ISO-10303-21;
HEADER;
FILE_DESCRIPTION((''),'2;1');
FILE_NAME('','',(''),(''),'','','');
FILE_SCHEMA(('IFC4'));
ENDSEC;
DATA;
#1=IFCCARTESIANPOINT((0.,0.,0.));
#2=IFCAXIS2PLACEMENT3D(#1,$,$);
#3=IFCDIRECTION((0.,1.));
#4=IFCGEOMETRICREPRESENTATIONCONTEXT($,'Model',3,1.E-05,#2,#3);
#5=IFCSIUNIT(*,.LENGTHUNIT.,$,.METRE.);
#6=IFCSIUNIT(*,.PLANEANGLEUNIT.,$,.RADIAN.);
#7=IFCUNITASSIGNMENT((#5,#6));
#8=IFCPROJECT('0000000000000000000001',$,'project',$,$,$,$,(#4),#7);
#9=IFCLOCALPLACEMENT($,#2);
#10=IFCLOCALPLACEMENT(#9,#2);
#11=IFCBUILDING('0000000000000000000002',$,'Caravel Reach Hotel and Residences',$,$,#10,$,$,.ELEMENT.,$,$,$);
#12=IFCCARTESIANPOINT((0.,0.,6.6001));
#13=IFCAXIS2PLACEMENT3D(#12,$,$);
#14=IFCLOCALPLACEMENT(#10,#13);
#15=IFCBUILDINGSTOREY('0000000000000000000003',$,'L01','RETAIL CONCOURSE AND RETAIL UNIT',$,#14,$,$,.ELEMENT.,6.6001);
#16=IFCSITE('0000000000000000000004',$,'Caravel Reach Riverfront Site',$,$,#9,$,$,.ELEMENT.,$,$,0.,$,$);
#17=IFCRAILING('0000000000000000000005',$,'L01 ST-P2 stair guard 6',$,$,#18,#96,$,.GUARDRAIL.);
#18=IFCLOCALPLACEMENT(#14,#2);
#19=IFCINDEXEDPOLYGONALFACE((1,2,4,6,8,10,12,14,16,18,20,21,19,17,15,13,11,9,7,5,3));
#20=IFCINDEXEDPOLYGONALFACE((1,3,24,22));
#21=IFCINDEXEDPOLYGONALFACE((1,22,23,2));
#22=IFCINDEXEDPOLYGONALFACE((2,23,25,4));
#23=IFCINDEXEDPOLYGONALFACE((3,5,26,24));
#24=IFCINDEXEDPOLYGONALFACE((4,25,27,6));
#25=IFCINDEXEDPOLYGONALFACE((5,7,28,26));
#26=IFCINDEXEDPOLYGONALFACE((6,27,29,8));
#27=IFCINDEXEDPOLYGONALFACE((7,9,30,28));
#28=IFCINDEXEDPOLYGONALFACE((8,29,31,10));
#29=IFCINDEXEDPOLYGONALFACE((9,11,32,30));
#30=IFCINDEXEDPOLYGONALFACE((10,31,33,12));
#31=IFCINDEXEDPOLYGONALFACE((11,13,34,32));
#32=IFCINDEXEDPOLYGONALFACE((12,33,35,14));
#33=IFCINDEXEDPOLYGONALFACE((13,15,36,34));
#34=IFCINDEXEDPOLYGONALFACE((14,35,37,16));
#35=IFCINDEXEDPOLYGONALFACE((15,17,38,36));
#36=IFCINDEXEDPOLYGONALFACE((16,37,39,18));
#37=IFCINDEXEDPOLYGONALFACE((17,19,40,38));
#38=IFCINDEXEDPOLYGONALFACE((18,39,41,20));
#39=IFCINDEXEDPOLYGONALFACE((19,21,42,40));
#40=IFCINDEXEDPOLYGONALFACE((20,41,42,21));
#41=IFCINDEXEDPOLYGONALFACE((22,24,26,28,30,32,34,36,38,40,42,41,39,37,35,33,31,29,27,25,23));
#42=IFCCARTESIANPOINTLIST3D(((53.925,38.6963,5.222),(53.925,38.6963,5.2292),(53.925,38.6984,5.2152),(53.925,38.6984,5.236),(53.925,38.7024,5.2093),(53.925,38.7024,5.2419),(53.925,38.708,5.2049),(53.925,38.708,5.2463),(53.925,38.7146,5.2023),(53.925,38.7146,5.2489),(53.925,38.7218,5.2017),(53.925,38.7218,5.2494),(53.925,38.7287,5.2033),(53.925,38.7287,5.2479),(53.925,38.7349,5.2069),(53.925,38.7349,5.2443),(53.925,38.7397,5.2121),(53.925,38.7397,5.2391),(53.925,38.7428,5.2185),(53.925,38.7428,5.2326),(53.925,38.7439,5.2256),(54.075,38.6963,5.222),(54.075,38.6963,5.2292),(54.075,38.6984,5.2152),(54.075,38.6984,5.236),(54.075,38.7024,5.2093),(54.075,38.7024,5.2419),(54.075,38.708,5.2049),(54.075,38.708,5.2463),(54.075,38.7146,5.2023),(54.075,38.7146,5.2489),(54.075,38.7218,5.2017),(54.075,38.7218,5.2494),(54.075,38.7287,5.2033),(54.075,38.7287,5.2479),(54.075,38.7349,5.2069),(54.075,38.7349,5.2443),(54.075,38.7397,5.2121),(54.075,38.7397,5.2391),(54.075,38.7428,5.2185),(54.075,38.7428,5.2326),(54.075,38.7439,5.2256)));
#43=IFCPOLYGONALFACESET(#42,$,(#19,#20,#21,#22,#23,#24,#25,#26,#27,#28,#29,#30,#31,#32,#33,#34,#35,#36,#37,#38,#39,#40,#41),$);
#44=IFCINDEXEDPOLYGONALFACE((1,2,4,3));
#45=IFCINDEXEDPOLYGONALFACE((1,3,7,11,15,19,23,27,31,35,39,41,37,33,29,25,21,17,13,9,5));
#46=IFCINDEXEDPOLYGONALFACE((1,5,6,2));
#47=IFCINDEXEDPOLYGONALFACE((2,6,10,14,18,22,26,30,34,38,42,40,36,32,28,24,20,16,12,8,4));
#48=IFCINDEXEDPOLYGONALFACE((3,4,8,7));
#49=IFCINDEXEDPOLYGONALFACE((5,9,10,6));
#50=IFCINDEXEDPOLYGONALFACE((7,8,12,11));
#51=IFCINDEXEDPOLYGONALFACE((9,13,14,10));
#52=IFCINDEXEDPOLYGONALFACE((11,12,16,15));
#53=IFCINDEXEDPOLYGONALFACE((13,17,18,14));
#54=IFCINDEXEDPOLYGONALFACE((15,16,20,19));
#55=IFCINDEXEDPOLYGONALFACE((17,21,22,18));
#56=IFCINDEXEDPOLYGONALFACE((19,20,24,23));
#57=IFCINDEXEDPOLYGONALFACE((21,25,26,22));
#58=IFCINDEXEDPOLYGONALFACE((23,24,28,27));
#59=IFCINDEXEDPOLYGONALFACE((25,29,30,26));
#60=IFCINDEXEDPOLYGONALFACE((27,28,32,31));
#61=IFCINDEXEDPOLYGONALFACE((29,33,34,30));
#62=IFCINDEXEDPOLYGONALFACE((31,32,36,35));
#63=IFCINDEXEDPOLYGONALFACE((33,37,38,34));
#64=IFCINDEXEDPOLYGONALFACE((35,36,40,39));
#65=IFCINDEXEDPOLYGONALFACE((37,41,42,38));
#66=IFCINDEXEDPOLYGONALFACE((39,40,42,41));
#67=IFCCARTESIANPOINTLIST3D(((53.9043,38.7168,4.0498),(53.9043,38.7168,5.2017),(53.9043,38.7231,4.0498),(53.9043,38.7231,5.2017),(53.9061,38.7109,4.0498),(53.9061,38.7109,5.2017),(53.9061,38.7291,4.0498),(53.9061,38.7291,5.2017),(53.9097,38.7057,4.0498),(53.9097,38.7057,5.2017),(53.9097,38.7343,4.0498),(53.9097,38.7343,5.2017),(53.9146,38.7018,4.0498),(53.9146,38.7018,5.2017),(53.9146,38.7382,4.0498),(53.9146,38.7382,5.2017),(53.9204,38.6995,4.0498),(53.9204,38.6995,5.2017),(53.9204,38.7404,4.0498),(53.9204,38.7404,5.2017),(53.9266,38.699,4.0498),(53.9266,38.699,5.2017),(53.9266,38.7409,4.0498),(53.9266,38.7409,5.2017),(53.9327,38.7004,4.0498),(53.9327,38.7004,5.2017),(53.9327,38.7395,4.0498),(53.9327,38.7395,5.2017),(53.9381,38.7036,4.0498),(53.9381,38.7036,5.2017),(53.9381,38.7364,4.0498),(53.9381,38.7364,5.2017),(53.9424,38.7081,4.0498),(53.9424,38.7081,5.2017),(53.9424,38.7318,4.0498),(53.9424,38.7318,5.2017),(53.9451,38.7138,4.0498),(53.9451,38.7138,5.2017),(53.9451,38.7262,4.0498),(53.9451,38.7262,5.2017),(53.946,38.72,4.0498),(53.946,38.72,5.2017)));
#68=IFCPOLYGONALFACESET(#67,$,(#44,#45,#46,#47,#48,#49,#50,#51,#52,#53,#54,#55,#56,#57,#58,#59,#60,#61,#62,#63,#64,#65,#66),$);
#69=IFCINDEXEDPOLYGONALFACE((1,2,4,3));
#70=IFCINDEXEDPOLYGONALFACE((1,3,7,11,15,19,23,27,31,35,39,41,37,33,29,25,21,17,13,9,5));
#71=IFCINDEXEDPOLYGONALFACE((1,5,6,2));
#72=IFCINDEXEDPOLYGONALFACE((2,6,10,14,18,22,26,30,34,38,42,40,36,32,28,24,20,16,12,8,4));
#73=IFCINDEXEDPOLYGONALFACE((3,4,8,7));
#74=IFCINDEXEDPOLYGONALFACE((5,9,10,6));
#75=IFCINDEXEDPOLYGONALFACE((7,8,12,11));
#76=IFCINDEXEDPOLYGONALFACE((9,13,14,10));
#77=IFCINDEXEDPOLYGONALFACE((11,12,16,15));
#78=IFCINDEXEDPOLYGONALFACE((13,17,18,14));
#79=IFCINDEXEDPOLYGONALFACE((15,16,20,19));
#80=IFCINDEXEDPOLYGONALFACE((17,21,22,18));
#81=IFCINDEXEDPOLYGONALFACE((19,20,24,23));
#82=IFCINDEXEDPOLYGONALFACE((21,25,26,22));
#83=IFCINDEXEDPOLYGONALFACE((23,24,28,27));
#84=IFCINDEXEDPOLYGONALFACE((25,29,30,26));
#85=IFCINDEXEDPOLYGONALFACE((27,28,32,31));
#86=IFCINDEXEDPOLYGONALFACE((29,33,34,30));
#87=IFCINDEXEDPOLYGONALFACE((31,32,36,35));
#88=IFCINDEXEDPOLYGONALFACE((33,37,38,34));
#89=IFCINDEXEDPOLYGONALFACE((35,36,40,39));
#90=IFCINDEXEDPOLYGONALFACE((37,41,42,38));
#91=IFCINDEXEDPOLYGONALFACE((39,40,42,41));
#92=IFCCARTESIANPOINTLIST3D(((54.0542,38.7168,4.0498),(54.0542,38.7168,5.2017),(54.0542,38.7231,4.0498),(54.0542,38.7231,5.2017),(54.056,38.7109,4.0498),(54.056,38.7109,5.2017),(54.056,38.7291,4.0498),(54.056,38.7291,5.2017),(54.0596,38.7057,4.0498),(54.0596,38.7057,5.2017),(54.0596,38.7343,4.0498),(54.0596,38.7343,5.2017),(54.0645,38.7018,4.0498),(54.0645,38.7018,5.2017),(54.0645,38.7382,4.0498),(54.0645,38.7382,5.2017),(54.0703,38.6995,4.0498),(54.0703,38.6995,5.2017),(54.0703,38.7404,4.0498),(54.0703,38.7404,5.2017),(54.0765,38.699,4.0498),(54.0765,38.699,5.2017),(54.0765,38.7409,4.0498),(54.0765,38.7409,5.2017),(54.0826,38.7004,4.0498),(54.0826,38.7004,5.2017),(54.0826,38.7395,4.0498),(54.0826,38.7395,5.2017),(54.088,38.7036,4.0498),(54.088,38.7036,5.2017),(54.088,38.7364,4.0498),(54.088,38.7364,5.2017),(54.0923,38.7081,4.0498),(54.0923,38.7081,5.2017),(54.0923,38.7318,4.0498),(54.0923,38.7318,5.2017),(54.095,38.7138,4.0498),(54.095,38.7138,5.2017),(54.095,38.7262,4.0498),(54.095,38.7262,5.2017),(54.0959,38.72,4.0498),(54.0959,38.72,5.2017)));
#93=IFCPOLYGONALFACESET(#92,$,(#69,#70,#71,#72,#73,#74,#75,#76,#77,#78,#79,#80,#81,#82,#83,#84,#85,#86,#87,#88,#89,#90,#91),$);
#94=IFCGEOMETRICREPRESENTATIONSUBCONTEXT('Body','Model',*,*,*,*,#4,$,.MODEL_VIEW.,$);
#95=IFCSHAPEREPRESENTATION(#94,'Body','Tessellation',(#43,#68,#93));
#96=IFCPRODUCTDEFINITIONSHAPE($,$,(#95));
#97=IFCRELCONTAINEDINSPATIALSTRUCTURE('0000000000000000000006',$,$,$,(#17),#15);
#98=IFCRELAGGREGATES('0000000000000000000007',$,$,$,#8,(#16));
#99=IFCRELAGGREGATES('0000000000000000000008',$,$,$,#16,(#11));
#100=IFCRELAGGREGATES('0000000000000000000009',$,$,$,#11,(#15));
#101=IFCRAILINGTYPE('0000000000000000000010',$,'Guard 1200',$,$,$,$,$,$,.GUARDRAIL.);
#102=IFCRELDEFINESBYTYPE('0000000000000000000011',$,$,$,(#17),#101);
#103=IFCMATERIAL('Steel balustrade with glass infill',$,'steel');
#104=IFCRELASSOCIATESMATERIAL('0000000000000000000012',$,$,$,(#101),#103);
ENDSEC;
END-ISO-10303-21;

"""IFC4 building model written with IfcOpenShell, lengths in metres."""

from ifc_helpers import new_model, si_unit, direction, frame, origin, origin_2d, place, context, subcontext, project, spatial, circle, extrude, material, type_object, element, save


model = new_model("IFC4")

# Units and contexts
model_context = context("Model", 3, precision=1e-05, world=origin(), true_north=direction((0.0, 1.0)))
body_context = subcontext(model_context, "Body", "Model", "MODEL_VIEW")
ifc_project = project(units=[si_unit("LENGTHUNIT", "METRE"), si_unit("PLANEANGLEUNIT", "RADIAN")], contexts=[model_context])

# Site, building, storey
site_placement = place(None, origin())
site = spatial("IfcSite", under=ifc_project, at=site_placement, Name="Caravel Reach Riverfront Site", CompositionType="ELEMENT", RefElevation=0.0)
building_placement = place(site_placement, origin())
building = spatial("IfcBuilding", under=site, at=building_placement, Name="Caravel Reach Hotel and Residences", CompositionType="ELEMENT")
storey_placement = place(building_placement, frame((0.0, 0.0, 6.6001)))
storey = spatial("IfcBuildingStorey", under=building, at=storey_placement, Name="L01", Description="RETAIL CONCOURSE AND RETAIL UNIT", CompositionType="ELEMENT", Elevation=6.6001)

# Railing
ifc_material_1 = material(Name="Steel balustrade with glass infill", Category="steel")
railing_type_1 = type_object("IfcRailingType", Name="Guard 1200", PredefinedType="GUARDRAIL", material=ifc_material_1)
railing_1_placement = place(storey_placement, frame((53.925, 38.72, 4.0498)))
element("IfcRailing", 1, at=railing_1_placement, inside=storey, type_object=railing_type_1, Name="L01 ST-P2 stair guard 6", PredefinedType="GUARDRAIL", context=body_context, shape_type="SweptSolid", body=[
    extrude(circle(Radius=0.0239, at=origin_2d()), frame((0.0, 0.0, 1.1758), z_axis=(1.0, 0.0, 0.0), x_axis=(0.0, 1.0, 0.0)), (0.0, 0.0, 1.0), 0.1499),
    extrude(circle(Radius=0.021, at=origin_2d()), origin(), (0.0, 0.0, 1.0), 1.1519),
    extrude(circle(Radius=0.021, at=origin_2d()), frame((0.1499, 0.0, 0.0)), (0.0, 0.0, 1.0), 1.1519),
])

save(model, "model.ifc")
